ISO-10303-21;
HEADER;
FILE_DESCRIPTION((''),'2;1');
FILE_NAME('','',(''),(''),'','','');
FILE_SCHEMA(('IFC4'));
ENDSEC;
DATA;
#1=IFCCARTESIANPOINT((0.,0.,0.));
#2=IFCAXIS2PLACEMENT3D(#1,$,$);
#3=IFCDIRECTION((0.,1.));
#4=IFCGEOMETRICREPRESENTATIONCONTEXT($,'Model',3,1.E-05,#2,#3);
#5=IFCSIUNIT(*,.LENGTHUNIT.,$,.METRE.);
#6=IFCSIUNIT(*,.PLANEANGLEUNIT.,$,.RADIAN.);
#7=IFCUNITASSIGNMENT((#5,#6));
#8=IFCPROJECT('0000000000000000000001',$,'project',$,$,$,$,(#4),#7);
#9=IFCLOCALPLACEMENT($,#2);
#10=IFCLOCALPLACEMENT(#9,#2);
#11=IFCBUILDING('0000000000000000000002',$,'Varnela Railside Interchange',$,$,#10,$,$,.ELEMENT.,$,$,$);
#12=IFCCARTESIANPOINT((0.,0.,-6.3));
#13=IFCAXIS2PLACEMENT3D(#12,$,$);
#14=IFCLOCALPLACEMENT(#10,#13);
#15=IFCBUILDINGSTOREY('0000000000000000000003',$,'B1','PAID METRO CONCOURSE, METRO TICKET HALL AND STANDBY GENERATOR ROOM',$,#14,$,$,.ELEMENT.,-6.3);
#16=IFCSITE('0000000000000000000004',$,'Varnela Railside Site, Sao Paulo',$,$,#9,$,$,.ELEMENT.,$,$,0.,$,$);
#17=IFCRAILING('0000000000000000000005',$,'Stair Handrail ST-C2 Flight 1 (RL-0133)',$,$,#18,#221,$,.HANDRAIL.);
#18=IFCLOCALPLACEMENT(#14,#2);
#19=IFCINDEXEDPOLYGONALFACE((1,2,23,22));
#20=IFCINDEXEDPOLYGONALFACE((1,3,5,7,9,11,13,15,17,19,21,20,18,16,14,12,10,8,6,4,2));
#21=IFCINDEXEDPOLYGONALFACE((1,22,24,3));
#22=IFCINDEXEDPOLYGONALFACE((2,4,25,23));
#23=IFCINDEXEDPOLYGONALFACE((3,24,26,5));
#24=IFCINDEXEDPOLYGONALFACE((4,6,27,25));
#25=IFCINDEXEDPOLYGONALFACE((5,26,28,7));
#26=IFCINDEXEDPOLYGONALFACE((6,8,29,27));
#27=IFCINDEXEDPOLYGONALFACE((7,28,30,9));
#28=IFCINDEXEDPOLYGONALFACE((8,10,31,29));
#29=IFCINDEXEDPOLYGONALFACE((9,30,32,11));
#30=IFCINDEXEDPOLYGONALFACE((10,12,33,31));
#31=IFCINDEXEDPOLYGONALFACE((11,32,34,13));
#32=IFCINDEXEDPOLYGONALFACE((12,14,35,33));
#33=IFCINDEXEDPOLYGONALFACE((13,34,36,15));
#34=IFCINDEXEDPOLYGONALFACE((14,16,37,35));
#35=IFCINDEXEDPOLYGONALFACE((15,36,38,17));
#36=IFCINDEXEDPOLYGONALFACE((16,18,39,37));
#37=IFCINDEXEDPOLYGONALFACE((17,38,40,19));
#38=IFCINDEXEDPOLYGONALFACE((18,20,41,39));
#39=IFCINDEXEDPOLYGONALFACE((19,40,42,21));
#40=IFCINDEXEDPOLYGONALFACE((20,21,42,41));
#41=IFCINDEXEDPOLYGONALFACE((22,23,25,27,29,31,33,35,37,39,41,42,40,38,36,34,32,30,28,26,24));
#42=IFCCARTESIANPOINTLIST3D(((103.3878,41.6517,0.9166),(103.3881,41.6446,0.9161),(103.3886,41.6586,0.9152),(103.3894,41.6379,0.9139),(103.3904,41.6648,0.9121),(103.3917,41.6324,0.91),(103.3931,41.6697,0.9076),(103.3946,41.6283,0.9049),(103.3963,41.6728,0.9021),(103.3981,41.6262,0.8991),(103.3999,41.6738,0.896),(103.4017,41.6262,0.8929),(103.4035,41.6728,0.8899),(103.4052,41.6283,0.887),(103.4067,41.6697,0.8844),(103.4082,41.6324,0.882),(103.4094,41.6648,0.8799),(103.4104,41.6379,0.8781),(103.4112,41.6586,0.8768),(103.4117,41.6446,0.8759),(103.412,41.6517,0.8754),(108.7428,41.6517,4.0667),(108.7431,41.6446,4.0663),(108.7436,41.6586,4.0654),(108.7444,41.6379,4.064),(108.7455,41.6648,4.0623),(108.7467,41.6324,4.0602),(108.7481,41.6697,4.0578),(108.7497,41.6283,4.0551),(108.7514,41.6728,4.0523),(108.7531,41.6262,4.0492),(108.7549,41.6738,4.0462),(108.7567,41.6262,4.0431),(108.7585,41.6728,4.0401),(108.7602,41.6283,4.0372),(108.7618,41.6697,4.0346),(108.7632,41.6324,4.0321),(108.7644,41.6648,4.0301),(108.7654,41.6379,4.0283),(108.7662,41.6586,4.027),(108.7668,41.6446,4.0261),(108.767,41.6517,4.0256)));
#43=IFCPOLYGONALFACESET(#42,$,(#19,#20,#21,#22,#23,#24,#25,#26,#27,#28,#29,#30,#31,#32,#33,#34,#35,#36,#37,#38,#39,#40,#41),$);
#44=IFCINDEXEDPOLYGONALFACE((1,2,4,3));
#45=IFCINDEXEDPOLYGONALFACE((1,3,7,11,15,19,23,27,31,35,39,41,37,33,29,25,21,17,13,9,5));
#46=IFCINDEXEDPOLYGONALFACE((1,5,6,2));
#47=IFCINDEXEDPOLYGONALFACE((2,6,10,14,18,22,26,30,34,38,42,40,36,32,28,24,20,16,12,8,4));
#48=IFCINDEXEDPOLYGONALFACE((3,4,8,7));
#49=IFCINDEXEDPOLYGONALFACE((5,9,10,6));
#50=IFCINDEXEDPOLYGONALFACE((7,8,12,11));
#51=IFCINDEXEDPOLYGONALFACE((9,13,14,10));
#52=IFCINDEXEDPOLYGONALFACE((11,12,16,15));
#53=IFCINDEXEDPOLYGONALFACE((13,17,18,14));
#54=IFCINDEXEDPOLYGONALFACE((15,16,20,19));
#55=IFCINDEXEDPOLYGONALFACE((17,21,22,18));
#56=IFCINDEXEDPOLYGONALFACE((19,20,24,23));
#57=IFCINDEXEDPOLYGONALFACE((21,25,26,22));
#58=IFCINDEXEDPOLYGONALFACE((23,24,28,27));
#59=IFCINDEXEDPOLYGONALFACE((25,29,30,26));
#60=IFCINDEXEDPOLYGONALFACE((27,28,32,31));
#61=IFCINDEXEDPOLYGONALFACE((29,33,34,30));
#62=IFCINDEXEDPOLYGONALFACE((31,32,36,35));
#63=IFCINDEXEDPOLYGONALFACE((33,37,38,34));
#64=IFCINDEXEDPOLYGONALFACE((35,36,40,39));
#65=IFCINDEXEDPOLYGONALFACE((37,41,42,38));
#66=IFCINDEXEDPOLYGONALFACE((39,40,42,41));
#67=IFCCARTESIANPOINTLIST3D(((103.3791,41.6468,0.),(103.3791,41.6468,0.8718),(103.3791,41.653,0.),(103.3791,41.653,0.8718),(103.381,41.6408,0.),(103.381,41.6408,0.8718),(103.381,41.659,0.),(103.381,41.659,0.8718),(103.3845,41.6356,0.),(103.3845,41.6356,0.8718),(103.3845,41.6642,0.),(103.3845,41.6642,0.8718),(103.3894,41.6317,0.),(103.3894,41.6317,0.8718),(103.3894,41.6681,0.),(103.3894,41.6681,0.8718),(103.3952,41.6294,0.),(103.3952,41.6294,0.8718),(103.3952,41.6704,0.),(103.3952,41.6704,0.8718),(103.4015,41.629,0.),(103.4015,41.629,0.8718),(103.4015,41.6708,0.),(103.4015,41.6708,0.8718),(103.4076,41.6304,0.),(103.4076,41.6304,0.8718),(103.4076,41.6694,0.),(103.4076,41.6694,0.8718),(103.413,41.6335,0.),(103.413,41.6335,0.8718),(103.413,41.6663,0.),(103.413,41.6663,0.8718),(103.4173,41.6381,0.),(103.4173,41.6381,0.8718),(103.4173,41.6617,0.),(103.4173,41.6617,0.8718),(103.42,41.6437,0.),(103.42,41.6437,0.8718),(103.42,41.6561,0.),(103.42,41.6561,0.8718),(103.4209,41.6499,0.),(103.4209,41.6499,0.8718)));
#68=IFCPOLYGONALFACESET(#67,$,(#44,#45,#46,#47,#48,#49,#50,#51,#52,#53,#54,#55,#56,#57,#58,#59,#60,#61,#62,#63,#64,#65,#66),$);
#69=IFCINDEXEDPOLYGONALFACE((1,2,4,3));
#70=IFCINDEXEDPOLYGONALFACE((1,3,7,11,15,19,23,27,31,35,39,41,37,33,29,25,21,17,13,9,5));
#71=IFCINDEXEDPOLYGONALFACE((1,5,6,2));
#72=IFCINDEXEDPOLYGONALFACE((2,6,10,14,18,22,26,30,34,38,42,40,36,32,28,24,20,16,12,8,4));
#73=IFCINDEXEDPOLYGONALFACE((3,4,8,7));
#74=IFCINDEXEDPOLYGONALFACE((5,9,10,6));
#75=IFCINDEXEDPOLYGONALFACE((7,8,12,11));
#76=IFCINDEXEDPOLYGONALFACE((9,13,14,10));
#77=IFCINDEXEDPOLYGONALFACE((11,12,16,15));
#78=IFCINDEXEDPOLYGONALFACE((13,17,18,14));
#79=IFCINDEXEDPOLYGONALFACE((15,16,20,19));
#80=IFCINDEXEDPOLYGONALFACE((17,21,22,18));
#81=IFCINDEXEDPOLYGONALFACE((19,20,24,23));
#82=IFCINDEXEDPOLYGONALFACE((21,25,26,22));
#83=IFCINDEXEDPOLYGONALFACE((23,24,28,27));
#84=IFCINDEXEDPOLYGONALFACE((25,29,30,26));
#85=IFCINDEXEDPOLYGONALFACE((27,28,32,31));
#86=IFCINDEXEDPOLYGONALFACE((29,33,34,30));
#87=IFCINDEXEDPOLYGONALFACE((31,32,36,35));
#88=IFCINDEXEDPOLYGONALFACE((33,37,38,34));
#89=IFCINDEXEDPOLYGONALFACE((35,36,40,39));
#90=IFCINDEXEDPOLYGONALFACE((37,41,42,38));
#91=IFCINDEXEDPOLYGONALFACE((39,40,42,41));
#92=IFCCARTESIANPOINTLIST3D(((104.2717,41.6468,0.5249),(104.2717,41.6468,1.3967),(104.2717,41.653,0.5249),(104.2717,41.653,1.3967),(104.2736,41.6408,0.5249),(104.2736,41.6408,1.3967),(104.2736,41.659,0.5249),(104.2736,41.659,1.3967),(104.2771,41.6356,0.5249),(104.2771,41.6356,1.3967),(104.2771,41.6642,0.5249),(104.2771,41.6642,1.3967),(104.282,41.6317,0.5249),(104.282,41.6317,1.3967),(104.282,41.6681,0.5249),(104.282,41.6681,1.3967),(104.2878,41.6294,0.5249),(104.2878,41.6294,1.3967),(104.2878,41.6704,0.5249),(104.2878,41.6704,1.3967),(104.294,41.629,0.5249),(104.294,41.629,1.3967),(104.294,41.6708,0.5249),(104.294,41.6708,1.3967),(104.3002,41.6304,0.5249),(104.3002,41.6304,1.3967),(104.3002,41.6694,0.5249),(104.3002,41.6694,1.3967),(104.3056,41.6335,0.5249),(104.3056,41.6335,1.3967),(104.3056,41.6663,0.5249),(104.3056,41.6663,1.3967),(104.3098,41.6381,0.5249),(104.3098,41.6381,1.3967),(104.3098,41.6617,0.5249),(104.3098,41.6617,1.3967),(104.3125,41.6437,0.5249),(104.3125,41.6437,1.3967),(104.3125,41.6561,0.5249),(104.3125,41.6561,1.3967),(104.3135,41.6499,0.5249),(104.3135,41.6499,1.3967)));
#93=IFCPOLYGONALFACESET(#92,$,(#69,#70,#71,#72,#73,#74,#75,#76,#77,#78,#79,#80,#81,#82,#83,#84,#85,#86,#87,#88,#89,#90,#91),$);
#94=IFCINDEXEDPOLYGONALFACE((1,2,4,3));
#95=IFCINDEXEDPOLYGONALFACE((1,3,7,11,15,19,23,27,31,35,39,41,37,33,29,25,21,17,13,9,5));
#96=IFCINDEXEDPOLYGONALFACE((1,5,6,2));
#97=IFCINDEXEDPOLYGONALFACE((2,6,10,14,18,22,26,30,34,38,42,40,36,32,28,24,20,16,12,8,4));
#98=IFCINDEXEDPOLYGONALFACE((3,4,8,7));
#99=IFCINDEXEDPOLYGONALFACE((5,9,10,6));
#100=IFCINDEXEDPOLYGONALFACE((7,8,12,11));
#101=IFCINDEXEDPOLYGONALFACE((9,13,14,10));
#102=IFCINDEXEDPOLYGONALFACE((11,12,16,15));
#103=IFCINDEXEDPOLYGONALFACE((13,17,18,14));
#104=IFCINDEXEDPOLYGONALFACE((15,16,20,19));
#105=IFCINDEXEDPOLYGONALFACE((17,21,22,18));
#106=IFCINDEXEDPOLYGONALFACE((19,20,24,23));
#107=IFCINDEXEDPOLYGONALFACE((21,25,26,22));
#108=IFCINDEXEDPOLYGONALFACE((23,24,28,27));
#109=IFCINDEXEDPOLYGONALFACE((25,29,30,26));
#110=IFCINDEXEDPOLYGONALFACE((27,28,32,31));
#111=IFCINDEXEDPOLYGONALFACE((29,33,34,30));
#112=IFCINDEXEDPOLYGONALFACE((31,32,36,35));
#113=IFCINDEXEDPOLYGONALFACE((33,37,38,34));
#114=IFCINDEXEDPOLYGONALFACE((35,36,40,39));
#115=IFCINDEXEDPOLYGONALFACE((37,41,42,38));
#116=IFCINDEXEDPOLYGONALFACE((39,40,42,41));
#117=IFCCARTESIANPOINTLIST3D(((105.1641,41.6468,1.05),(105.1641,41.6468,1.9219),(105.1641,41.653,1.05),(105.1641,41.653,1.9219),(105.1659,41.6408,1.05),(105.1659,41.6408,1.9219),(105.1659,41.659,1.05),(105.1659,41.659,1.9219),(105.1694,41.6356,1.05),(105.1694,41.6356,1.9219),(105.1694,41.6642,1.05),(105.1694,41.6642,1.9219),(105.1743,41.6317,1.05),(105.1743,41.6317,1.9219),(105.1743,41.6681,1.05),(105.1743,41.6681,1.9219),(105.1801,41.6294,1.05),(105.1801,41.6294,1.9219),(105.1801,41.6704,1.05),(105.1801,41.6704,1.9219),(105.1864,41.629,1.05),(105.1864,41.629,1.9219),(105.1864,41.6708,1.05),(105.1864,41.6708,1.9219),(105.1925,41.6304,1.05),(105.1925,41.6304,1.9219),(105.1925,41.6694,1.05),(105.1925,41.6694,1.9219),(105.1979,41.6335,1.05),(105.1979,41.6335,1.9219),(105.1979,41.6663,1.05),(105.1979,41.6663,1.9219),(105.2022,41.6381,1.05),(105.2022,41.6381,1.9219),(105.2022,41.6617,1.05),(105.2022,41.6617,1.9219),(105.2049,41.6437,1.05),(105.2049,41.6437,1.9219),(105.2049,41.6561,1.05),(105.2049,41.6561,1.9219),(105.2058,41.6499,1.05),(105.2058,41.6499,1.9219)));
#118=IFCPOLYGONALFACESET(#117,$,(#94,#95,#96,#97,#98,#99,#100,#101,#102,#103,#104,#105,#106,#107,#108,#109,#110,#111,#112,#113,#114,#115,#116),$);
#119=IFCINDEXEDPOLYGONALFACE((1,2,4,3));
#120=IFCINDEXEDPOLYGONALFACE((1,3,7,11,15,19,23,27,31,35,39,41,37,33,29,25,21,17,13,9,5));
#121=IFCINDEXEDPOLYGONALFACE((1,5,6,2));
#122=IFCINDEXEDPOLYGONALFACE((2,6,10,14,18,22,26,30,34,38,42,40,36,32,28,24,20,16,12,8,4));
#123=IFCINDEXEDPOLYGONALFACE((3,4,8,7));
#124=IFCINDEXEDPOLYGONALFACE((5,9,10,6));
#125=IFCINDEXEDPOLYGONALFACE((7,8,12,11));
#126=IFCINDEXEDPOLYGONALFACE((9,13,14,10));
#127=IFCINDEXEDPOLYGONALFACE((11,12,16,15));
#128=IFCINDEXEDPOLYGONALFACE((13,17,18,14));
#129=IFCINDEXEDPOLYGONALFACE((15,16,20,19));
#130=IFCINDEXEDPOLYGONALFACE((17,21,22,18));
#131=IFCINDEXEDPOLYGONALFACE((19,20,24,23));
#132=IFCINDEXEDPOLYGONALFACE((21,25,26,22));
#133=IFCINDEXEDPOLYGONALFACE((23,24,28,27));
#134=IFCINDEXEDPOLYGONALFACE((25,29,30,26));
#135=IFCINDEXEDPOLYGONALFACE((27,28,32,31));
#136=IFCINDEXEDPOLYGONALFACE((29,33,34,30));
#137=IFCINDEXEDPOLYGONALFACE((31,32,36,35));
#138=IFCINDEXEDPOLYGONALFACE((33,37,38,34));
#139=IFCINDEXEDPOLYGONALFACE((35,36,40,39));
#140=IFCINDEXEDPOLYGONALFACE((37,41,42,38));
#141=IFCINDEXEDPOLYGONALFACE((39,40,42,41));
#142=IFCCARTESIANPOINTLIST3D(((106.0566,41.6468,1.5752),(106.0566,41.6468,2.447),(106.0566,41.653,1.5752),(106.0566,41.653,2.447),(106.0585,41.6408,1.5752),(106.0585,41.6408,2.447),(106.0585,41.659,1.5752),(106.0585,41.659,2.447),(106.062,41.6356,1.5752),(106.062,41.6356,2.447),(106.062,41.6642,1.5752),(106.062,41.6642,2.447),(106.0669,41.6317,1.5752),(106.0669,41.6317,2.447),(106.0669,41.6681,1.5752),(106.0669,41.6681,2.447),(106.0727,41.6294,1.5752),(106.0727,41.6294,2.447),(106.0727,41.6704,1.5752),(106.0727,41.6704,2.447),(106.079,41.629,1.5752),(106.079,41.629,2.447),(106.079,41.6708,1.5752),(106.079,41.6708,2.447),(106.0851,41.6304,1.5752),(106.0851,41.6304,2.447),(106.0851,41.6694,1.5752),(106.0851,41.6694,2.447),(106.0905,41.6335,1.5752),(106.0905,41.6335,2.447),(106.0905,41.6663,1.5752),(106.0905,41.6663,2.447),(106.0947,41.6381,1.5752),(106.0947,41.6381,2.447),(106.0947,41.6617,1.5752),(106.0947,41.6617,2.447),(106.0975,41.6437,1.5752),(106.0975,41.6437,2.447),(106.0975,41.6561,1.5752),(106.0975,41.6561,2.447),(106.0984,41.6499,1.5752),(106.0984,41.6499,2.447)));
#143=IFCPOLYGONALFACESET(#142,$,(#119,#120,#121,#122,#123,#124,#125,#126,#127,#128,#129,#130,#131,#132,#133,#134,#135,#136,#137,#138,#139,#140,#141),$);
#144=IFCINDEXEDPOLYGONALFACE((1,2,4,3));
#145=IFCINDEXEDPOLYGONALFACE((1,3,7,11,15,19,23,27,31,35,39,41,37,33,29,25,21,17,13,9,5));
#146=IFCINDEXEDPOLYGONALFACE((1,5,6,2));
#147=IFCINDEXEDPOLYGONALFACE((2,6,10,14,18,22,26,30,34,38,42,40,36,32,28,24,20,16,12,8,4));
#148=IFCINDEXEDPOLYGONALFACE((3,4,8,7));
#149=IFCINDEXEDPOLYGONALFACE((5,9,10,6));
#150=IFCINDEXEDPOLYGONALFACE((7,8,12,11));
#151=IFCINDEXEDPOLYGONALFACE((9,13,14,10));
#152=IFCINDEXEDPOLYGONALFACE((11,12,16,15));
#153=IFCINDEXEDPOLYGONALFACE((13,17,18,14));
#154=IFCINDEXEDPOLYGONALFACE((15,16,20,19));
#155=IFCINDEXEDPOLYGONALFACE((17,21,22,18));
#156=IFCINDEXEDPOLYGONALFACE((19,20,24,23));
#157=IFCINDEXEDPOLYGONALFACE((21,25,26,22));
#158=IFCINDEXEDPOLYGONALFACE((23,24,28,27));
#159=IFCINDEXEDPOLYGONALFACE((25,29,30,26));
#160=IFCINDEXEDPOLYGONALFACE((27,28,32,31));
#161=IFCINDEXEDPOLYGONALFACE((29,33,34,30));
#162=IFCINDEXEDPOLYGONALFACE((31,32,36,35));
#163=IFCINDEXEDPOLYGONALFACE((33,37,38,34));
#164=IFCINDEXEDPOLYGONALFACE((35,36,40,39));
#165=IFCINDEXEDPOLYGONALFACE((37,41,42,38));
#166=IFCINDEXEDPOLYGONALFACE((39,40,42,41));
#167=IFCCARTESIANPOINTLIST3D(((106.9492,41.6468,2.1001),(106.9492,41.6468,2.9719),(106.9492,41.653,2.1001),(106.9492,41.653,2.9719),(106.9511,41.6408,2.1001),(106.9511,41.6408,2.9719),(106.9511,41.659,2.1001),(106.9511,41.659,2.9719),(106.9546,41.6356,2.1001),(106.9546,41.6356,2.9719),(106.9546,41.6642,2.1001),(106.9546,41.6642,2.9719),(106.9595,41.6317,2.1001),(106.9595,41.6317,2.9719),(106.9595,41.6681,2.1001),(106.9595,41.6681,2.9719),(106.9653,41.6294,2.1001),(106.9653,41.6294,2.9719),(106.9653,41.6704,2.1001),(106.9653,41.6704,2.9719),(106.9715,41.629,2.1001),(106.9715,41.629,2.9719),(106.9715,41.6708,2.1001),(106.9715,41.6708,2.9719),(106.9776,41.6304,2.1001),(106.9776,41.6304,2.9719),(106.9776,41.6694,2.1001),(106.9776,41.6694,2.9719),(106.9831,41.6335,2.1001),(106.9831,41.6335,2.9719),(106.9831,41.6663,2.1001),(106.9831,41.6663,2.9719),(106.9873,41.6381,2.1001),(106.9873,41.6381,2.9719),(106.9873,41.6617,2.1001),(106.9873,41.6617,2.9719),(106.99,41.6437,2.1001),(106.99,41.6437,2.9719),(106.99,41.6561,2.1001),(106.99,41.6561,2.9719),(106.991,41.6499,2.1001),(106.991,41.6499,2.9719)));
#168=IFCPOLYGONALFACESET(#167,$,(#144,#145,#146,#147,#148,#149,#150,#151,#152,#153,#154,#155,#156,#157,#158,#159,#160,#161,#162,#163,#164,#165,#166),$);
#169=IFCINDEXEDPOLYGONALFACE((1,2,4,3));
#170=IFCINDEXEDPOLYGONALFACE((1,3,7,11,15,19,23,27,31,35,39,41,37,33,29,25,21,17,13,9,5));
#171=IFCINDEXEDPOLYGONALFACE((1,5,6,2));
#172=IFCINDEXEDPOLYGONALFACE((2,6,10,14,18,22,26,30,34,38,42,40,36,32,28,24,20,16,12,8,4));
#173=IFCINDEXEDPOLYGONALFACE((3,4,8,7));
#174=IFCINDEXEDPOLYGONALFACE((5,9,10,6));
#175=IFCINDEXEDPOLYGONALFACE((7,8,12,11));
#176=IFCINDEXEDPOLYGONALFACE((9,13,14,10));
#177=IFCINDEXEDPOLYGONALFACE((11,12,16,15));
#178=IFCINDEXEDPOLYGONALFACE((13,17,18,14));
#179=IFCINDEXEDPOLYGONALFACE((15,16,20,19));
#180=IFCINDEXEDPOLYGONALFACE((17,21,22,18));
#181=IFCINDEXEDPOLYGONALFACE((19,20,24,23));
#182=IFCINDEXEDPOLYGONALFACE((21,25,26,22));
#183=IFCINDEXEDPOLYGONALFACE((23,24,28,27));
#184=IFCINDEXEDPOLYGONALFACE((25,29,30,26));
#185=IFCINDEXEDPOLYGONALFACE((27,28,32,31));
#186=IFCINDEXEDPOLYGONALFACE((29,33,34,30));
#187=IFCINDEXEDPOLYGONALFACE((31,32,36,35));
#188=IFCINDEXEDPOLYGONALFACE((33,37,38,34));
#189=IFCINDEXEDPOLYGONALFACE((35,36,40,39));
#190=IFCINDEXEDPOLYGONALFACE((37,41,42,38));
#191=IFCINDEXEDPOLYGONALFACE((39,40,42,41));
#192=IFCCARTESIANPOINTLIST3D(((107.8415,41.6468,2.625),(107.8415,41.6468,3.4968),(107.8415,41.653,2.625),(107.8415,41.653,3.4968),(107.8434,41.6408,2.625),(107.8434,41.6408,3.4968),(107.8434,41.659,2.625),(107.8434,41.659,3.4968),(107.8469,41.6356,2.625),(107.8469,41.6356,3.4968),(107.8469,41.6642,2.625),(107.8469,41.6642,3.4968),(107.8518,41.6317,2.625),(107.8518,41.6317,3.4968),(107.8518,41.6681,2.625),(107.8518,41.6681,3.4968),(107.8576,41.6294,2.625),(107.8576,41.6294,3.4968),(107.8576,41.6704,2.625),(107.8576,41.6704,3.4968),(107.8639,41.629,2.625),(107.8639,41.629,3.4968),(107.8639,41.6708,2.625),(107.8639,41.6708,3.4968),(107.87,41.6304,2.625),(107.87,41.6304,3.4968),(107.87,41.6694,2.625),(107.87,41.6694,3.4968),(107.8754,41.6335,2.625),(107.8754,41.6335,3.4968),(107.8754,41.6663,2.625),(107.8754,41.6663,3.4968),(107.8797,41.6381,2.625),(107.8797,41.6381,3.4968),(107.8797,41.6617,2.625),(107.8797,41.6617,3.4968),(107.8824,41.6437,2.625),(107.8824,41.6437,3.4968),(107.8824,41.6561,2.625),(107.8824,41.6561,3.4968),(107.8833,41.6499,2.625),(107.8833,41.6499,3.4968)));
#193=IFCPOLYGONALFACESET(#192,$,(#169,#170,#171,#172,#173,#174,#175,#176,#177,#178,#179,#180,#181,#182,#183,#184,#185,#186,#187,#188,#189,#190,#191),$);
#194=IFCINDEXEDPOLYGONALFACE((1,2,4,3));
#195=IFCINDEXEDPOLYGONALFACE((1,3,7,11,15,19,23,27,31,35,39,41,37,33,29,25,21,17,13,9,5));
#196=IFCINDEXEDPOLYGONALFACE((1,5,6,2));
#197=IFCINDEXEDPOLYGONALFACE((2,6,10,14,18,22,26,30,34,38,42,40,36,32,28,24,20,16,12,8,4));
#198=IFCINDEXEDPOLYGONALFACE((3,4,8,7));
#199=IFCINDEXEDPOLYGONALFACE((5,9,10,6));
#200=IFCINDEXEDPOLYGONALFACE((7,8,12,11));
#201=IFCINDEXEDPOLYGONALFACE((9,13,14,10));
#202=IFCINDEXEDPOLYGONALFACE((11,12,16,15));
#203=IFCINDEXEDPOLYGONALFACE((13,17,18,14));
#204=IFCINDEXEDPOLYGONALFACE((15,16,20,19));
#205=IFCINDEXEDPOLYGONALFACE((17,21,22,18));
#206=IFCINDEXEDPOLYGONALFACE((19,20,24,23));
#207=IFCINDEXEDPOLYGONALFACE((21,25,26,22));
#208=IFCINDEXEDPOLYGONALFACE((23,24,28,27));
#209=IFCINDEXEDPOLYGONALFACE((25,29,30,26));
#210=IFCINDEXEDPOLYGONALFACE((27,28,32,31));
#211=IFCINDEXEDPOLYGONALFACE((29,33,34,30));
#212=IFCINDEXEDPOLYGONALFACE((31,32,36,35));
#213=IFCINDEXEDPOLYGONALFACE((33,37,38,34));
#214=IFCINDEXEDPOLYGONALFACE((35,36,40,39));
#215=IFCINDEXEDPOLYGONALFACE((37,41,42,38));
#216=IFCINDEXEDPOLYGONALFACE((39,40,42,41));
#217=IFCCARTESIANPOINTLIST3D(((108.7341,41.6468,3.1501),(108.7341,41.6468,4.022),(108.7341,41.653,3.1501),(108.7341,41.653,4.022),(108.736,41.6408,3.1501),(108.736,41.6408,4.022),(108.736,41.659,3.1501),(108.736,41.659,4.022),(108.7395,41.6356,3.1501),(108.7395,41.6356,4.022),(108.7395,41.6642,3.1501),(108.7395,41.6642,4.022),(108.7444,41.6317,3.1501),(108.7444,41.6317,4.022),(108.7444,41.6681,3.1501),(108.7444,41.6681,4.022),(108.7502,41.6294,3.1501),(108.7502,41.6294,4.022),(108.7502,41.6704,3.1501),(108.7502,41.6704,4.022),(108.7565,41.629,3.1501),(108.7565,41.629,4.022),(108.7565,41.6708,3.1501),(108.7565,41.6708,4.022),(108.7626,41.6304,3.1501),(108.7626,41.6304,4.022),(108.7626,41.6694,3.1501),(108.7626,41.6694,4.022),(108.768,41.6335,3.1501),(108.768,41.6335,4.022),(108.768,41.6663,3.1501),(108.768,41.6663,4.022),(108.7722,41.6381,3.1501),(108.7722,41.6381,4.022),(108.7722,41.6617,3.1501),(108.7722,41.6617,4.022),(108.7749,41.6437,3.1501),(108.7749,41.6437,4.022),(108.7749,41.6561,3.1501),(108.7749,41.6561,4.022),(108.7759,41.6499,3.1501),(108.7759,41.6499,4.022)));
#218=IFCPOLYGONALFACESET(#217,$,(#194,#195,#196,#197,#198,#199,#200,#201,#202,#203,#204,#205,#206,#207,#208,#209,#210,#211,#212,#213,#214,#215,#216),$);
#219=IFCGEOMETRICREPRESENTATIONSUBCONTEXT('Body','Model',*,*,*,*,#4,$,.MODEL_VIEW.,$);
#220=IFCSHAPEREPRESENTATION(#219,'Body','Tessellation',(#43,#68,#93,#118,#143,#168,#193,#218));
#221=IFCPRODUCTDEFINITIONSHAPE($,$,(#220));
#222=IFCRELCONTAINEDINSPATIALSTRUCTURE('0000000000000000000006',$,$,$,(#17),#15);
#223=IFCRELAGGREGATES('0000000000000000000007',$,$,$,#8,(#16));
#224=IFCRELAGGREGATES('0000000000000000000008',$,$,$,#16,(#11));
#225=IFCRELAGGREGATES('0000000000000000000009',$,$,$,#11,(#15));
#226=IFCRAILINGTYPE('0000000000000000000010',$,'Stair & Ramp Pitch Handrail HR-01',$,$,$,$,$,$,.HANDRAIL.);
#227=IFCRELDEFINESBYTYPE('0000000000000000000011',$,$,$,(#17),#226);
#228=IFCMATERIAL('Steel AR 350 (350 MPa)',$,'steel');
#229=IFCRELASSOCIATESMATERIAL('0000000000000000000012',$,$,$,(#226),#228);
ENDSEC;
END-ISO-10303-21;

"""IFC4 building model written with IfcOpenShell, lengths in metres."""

from ifc_helpers import new_model, si_unit, direction, frame, origin, origin_2d, place, context, subcontext, project, spatial, circle, extrude, material, type_object, element, save


model = new_model("IFC4")

# Units and contexts
model_context = context("Model", 3, precision=1e-05, world=origin(), true_north=direction((0.0, 1.0)))
body_context = subcontext(model_context, "Body", "Model", "MODEL_VIEW")
ifc_project = project(units=[si_unit("LENGTHUNIT", "METRE"), si_unit("PLANEANGLEUNIT", "RADIAN")], contexts=[model_context])

# Site, building, storey
site_placement = place(None, origin())
site = spatial("IfcSite", under=ifc_project, at=site_placement, Name="Varnela Railside Site, Sao Paulo", CompositionType="ELEMENT", RefElevation=0.0)
building_placement = place(site_placement, origin())
building = spatial("IfcBuilding", under=site, at=building_placement, Name="Varnela Railside Interchange", CompositionType="ELEMENT")
storey_placement = place(building_placement, frame((0.0, 0.0, -6.3)))
storey = spatial("IfcBuildingStorey", under=building, at=storey_placement, Name="B1", Description="PAID METRO CONCOURSE, METRO TICKET HALL AND STANDBY GENERATOR ROOM", CompositionType="ELEMENT", Elevation=-6.3)

# Shared definitions
ifc_material_1 = material(Name="Steel AR 350 (350 MPa)", Category="steel")

# Railing
railing_type_1 = type_object("IfcRailingType", Name="Stair & Ramp Pitch Handrail HR-01", PredefinedType="HANDRAIL", material=ifc_material_1)
railing_1_placement = place(storey_placement, frame((103.3999, 41.6499, 0.0)))
element("IfcRailing", 1, at=railing_1_placement, inside=storey, type_object=railing_type_1, Name="Stair Handrail ST-C2 Flight 1 (RL-0133)", PredefinedType="HANDRAIL", context=body_context, shape_type="SweptSolid", body=[
    extrude(circle(Radius=0.0239, at=origin_2d()), frame((0.0, 0.0, 0.896), z_axis=(0.861923, 0.0, 0.507039), x_axis=(0.0, 1.0, 0.0)), (0.0, 0.0, 1.0), 6.2129),
    extrude(circle(Radius=0.021, at=origin_2d()), origin(), (0.0, 0.0, 1.0), 0.8718),
    extrude(circle(Radius=0.021, at=origin_2d()), frame((0.8926, 0.0, 0.5249)), (0.0, 0.0, 1.0), 0.8718),
    extrude(circle(Radius=0.021, at=origin_2d()), frame((1.7849, 0.0, 1.05)), (0.0, 0.0, 1.0), 0.8718),
    extrude(circle(Radius=0.021, at=origin_2d()), frame((2.6775, 0.0, 1.5752)), (0.0, 0.0, 1.0), 0.8718),
    extrude(circle(Radius=0.021, at=origin_2d()), frame((3.5701, 0.0, 2.1001)), (0.0, 0.0, 1.0), 0.8718),
    extrude(circle(Radius=0.021, at=origin_2d()), frame((4.4624, 0.0, 2.625)), (0.0, 0.0, 1.0), 0.8718),
    extrude(circle(Radius=0.021, at=origin_2d()), frame((5.355, 0.0, 3.1501)), (0.0, 0.0, 1.0), 0.8718),
])

save(model, "model.ifc")
